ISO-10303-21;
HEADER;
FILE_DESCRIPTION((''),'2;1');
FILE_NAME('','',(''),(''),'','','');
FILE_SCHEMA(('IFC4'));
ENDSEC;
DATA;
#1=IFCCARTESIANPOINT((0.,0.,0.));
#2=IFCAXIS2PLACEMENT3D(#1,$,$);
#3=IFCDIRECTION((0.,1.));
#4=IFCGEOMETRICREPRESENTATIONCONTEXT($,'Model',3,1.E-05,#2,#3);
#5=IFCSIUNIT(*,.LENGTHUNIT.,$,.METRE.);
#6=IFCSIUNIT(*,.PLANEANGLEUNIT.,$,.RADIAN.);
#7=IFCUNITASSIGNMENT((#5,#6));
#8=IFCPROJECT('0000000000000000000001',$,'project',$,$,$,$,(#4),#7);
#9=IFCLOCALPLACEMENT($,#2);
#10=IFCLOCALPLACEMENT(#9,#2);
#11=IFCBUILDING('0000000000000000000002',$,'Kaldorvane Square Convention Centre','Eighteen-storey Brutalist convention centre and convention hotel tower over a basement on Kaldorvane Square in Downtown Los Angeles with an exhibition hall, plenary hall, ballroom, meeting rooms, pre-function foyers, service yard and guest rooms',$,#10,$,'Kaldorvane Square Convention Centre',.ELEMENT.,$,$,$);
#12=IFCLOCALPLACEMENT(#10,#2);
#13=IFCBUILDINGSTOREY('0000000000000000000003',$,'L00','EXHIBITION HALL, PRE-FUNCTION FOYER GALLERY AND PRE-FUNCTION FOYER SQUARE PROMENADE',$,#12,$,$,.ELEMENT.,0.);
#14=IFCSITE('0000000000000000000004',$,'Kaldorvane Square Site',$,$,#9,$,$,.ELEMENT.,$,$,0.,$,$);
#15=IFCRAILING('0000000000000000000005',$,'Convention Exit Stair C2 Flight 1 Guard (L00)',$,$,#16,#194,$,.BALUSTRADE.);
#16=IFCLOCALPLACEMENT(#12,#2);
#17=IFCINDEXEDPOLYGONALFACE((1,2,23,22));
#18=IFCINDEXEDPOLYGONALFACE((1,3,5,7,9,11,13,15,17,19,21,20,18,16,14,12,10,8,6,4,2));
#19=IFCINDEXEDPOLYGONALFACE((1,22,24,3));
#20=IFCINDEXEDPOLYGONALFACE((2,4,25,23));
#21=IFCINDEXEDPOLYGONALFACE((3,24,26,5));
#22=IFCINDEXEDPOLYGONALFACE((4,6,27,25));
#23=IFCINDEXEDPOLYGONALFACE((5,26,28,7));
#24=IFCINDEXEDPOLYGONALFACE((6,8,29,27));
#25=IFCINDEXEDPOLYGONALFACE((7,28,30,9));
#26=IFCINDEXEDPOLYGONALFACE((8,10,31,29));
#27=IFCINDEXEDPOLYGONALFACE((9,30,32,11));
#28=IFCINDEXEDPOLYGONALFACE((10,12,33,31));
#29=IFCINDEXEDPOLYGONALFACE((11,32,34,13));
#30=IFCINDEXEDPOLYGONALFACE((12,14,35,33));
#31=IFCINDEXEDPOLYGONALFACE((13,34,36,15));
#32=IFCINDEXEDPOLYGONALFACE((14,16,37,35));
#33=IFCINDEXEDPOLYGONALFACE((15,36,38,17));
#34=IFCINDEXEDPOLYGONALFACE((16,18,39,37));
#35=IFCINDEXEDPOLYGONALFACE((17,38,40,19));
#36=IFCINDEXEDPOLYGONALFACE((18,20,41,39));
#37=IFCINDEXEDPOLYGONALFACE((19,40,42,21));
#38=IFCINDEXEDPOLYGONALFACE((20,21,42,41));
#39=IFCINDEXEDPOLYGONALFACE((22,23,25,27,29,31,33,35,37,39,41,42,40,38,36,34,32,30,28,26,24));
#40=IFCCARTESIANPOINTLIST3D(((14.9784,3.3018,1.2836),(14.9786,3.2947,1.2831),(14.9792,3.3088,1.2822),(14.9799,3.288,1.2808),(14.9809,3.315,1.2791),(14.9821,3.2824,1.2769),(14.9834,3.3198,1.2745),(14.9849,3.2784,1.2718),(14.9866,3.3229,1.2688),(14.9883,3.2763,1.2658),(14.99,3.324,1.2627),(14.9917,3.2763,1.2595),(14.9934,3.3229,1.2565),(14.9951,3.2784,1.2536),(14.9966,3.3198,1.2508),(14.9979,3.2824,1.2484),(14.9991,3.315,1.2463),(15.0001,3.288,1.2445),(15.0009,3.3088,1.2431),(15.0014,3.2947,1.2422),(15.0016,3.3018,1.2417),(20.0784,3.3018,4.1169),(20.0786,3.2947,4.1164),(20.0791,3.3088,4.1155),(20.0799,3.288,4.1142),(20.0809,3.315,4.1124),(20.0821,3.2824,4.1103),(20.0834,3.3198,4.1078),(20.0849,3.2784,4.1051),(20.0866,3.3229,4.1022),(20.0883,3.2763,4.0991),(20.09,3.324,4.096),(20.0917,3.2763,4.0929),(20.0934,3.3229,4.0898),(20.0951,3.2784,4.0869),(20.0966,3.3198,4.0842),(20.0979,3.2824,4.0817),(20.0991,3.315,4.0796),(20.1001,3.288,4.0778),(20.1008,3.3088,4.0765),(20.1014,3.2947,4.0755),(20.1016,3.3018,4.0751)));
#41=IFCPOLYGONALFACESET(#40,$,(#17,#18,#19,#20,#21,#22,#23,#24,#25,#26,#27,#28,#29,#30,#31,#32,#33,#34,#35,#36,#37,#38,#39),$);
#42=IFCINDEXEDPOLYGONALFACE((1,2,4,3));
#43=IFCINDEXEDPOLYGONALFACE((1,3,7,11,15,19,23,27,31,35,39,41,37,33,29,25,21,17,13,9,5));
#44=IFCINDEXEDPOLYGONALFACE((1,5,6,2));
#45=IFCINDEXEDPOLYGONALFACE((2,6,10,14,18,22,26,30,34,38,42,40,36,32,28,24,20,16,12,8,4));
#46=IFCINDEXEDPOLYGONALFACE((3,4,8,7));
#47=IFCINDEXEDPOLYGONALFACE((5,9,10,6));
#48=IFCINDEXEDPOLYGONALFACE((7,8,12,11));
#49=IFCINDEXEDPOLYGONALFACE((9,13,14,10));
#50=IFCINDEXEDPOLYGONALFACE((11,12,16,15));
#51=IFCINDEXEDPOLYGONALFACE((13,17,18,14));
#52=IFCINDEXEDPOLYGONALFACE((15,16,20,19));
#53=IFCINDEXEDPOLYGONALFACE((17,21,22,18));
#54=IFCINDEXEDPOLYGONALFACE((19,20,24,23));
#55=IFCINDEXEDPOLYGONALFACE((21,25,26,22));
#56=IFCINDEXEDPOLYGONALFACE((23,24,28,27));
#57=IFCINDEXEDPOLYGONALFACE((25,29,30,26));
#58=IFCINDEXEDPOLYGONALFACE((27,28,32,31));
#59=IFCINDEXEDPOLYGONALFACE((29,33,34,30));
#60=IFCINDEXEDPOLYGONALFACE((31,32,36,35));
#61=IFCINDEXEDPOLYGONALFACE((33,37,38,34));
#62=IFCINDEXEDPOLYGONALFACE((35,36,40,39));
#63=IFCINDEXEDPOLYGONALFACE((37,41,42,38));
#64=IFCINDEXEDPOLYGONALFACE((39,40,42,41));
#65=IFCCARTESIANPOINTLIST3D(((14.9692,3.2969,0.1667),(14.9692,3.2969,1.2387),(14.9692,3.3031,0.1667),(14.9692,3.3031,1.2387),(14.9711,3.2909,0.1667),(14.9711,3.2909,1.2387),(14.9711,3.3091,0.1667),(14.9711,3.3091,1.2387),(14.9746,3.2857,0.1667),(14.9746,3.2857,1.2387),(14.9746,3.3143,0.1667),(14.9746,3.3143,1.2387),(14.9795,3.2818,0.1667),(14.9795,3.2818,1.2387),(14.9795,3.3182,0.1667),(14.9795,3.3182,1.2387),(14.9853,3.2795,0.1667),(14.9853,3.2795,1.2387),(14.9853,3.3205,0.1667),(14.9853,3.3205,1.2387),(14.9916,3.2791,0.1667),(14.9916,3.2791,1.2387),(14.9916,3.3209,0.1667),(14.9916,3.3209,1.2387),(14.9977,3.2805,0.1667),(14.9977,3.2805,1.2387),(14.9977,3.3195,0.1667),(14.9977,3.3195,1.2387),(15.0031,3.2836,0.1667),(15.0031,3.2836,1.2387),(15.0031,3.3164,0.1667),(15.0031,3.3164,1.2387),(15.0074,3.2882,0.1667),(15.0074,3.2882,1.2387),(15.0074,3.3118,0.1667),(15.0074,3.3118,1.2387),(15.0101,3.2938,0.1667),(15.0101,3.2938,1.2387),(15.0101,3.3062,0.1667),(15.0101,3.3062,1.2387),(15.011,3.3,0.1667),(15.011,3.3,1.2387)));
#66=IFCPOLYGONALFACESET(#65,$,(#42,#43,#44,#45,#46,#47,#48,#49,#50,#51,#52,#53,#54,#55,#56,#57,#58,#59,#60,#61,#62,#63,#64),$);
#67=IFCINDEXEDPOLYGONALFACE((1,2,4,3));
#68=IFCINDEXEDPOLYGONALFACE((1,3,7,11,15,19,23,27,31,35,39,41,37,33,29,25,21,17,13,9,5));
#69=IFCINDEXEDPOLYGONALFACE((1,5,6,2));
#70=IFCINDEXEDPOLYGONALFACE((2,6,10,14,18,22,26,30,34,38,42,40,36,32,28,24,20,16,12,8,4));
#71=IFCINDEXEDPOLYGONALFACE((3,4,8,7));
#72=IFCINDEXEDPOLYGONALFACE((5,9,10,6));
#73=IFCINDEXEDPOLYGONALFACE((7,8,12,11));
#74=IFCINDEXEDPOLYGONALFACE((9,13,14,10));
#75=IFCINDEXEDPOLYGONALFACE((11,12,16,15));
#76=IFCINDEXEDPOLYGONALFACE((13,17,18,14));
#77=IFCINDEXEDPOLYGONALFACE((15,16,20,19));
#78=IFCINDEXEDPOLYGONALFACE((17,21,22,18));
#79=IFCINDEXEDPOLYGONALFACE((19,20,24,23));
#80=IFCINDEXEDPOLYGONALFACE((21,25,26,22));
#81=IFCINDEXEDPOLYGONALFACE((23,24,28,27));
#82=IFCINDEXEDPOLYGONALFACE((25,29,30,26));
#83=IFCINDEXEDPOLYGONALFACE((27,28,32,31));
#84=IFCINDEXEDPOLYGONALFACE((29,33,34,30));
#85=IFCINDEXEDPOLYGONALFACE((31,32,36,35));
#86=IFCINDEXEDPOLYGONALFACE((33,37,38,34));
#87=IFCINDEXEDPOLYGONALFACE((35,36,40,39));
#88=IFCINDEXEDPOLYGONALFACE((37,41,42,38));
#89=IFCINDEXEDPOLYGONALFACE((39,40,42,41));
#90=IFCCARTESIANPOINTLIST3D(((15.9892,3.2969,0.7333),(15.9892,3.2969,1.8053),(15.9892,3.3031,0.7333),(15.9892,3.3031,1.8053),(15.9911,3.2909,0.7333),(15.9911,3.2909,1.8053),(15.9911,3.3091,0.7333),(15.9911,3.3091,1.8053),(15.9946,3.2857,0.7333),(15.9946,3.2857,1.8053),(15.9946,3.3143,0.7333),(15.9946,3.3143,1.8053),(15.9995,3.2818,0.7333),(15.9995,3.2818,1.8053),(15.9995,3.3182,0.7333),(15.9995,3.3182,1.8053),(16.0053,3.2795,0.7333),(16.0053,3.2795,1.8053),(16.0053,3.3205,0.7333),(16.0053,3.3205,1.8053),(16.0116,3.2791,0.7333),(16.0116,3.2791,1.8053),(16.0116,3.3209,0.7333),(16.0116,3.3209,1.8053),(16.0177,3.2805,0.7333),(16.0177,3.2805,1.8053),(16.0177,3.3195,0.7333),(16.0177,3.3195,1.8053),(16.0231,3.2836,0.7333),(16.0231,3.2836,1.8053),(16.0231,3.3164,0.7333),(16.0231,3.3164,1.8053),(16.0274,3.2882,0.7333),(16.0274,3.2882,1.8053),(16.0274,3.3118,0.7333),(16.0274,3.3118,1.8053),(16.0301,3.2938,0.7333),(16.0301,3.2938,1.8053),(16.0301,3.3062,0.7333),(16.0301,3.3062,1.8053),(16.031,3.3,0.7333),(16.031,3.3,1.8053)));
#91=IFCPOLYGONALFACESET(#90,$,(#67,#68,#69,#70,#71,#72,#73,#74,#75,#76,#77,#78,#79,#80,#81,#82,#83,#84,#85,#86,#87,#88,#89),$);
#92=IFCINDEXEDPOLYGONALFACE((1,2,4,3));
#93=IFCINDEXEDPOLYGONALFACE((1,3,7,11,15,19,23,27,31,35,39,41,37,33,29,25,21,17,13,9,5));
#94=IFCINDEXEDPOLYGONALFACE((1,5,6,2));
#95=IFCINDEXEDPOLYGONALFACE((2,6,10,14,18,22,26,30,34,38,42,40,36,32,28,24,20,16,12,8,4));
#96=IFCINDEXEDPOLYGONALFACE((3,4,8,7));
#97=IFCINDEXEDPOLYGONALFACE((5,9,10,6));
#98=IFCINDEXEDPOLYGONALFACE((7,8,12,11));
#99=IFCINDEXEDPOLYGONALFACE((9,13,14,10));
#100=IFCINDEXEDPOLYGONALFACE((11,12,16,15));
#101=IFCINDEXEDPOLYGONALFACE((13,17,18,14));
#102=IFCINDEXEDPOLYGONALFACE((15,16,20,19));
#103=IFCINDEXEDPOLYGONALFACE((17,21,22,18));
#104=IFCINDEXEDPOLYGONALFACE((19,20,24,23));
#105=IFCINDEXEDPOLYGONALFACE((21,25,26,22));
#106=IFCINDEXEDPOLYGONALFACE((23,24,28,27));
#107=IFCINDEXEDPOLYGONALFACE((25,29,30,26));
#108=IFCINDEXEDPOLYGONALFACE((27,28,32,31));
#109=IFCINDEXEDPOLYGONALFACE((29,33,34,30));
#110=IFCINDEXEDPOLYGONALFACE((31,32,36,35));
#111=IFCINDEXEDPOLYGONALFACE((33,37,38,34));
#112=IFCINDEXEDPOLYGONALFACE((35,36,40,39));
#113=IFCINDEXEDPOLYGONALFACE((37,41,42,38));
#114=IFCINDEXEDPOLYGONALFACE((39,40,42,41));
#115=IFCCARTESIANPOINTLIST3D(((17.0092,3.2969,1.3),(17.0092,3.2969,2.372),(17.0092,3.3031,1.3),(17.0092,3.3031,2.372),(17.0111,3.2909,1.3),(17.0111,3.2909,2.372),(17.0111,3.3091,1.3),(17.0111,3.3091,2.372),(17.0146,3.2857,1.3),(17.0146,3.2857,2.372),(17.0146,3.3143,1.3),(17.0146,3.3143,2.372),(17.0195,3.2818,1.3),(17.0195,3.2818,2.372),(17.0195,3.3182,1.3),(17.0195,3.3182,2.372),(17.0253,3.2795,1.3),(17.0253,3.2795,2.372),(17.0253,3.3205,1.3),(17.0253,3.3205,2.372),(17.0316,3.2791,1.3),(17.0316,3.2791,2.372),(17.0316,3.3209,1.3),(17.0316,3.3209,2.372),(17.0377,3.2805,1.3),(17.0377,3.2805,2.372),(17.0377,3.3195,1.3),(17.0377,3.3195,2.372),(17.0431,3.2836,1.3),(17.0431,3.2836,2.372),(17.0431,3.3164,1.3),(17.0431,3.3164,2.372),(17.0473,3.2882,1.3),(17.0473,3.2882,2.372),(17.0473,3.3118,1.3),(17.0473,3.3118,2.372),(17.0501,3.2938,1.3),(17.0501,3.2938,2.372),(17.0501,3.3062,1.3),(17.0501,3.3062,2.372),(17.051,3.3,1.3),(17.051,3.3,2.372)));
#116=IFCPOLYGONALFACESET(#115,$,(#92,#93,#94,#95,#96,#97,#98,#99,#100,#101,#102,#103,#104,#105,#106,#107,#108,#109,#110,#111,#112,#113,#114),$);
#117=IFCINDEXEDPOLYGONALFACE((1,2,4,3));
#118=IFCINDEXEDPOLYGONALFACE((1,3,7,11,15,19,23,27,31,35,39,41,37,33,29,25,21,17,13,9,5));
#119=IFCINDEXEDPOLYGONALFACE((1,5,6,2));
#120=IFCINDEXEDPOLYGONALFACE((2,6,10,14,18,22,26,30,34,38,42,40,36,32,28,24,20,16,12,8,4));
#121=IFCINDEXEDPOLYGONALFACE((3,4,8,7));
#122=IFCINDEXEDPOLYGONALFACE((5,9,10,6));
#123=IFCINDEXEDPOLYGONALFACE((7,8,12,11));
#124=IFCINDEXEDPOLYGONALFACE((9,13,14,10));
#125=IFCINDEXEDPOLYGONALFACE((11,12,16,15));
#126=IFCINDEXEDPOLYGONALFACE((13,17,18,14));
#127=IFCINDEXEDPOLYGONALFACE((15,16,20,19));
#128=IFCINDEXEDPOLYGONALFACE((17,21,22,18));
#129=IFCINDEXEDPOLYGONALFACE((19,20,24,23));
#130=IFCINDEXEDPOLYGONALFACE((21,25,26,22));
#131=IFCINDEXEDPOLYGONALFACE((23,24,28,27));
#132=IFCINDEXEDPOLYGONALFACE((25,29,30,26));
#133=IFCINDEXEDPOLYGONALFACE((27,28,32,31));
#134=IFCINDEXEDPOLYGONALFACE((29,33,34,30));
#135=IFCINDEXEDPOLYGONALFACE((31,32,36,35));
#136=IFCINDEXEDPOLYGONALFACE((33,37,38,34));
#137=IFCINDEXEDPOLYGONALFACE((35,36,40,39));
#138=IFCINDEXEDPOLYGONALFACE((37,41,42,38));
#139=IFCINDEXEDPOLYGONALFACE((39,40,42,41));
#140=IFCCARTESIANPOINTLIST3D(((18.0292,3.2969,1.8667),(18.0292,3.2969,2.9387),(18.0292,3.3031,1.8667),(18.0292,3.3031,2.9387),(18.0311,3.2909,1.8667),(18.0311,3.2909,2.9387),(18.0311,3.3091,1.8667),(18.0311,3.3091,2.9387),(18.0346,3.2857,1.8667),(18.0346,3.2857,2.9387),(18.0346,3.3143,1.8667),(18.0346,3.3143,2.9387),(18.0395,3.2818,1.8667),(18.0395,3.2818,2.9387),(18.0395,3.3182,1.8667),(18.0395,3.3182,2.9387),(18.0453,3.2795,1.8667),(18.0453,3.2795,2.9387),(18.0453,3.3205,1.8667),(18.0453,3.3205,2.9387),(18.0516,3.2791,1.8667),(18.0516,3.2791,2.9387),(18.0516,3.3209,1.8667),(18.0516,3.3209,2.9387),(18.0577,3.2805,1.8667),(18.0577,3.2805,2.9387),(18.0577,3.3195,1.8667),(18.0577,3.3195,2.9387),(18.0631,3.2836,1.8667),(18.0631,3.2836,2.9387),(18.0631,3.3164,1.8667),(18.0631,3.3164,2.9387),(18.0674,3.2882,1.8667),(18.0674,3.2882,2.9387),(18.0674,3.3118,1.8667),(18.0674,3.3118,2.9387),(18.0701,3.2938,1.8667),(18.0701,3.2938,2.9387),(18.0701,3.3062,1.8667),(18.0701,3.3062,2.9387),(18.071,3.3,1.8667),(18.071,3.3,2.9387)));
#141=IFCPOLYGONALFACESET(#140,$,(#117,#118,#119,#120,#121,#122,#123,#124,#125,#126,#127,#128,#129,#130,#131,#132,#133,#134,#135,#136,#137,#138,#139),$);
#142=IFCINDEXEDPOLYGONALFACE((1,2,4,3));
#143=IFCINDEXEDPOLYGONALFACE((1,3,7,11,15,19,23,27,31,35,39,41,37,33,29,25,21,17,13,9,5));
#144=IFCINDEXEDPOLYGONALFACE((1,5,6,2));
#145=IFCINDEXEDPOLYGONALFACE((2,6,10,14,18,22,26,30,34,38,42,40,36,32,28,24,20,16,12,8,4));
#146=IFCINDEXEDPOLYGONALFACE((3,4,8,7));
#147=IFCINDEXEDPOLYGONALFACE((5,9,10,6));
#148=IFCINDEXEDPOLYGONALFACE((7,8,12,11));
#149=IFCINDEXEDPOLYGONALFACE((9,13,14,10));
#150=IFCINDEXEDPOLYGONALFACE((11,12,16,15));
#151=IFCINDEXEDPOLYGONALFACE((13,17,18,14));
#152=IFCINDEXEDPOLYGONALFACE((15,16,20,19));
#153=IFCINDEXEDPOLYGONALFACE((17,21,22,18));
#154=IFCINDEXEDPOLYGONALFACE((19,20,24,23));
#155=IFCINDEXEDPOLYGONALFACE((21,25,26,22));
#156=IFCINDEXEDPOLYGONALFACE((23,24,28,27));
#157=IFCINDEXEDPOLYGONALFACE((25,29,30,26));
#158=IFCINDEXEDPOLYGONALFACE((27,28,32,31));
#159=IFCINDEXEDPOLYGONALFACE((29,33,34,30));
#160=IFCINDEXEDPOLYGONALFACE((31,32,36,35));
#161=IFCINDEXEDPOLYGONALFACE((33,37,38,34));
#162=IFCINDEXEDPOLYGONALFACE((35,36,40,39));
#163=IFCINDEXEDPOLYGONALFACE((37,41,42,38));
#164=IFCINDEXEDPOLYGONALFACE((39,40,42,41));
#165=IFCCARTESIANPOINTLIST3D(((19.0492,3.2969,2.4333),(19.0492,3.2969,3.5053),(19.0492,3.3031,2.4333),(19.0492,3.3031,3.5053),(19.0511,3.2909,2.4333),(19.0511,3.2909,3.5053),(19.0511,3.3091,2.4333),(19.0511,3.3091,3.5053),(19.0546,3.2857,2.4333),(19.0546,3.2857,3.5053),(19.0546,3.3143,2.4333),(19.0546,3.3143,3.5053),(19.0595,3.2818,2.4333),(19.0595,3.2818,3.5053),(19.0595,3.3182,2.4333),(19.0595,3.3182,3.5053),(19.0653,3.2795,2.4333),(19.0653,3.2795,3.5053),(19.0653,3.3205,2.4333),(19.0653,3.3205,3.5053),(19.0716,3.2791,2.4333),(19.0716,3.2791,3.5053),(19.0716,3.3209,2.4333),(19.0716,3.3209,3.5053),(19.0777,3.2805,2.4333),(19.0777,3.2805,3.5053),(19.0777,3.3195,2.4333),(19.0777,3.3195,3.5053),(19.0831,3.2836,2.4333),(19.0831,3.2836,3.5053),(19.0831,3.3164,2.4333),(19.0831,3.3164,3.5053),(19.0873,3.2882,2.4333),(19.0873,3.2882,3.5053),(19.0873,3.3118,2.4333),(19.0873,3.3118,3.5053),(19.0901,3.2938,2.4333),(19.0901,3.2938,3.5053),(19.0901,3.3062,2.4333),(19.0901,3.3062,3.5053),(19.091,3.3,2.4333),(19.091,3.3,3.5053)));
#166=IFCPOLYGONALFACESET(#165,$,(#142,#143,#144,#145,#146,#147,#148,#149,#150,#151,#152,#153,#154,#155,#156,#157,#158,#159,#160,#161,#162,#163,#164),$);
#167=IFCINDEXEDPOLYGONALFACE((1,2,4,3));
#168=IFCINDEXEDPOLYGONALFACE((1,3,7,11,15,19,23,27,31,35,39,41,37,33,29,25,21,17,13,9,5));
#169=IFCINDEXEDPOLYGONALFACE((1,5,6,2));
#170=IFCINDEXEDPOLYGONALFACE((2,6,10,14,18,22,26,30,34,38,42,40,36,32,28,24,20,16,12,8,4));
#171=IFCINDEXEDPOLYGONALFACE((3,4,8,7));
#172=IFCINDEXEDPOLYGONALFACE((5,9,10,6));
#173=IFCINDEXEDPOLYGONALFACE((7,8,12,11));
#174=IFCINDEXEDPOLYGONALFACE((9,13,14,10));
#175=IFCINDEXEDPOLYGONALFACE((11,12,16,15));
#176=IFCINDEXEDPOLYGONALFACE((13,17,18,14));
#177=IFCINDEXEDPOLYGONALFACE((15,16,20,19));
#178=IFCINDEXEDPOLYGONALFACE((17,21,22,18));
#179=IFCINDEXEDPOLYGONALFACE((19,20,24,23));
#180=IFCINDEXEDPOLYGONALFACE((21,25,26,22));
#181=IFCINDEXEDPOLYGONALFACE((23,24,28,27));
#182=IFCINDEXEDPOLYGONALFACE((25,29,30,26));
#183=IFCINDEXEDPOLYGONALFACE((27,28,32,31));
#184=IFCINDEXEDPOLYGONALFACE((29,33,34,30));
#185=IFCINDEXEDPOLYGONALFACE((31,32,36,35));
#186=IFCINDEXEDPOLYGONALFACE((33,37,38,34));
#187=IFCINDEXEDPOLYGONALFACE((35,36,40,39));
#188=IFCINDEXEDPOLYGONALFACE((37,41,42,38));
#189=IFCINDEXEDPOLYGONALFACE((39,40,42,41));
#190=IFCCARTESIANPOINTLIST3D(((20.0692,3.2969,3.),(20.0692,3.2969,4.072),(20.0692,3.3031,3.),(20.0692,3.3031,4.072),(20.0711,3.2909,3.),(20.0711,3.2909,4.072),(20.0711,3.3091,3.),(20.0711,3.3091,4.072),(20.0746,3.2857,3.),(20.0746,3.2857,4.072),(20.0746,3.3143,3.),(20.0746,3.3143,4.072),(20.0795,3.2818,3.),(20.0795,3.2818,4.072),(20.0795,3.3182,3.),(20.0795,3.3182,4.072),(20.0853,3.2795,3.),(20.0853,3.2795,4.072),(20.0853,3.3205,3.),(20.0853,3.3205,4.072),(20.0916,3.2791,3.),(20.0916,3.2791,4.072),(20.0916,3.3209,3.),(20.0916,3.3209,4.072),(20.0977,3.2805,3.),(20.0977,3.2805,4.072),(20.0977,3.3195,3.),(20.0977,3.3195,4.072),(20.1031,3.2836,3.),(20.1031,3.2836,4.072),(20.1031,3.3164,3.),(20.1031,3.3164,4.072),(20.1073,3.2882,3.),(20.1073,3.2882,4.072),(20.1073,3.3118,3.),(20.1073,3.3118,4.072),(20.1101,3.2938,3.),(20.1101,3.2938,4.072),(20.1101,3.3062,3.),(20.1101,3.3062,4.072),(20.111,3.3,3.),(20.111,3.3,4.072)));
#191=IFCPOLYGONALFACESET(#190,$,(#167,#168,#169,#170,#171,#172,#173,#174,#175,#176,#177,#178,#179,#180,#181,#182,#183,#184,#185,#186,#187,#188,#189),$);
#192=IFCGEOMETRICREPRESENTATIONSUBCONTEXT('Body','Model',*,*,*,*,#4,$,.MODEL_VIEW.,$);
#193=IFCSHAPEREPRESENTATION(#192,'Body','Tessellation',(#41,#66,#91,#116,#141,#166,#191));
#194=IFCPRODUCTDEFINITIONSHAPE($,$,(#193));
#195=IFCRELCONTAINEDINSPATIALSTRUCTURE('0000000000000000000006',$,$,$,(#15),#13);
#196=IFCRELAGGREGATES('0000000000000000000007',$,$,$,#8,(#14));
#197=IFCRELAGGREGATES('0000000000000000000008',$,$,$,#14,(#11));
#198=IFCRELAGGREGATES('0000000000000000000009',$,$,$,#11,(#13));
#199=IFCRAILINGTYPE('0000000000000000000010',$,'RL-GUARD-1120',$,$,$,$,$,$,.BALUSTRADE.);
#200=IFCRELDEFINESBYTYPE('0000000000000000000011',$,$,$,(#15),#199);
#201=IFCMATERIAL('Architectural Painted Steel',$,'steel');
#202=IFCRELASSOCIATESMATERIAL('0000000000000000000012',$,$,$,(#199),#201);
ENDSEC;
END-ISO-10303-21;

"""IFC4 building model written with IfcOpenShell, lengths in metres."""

from ifc_helpers import new_model, si_unit, direction, frame, origin, origin_2d, place, context, subcontext, project, spatial, circle, extrude, material, type_object, element, save


model = new_model("IFC4")

# Units and contexts
model_context = context("Model", 3, precision=1e-05, world=origin(), true_north=direction((0.0, 1.0)))
body_context = subcontext(model_context, "Body", "Model", "MODEL_VIEW")
ifc_project = project(units=[si_unit("LENGTHUNIT", "METRE"), si_unit("PLANEANGLEUNIT", "RADIAN")], contexts=[model_context])

# Site, building, storey
site_placement = place(None, origin())
site = spatial("IfcSite", under=ifc_project, at=site_placement, Name="Kaldorvane Square Site", CompositionType="ELEMENT", RefElevation=0.0)
building_placement = place(site_placement, origin())
building = spatial("IfcBuilding", under=site, at=building_placement, Name="Kaldorvane Square Convention Centre", Description="Eighteen-storey Brutalist convention centre and convention hotel tower over a basement on Kaldorvane Square in Downtown Los Angeles with an exhibition hall, plenary hall, ballroom, meeting rooms, pre-function foyers, service yard and guest rooms", LongName="Kaldorvane Square Convention Centre", CompositionType="ELEMENT")
storey_placement = place(building_placement, origin())
storey = spatial("IfcBuildingStorey", under=building, at=storey_placement, Name="L00", Description="EXHIBITION HALL, PRE-FUNCTION FOYER GALLERY AND PRE-FUNCTION FOYER SQUARE PROMENADE", CompositionType="ELEMENT", Elevation=0.0)

# Railing
ifc_material_1 = material(Name="Architectural Painted Steel", Category="steel")
railing_type_1 = type_object("IfcRailingType", Name="RL-GUARD-1120", PredefinedType="BALUSTRADE", material=ifc_material_1)
railing_1_placement = place(storey_placement, frame((14.99, 3.3, 0.1667)))
element("IfcRailing", 1, at=railing_1_placement, inside=storey, type_object=railing_type_1, Name="Convention Exit Stair C2 Flight 1 Guard (L00)", PredefinedType="BALUSTRADE", context=body_context, shape_type="SweptSolid", body=[
    extrude(circle(Radius=0.024, at=origin_2d()), frame((0.0, 0.0, 1.096), z_axis=(0.874157, 0.0, 0.485643), x_axis=(0.0, 1.0, 0.0)), (0.0, 0.0, 1.0), 5.8342),
    extrude(circle(Radius=0.021, at=origin_2d()), origin(), (0.0, 0.0, 1.0), 1.072),
    extrude(circle(Radius=0.021, at=origin_2d()), frame((1.02, 0.0, 0.5667)), (0.0, 0.0, 1.0), 1.072),
    extrude(circle(Radius=0.021, at=origin_2d()), frame((2.04, 0.0, 1.1333)), (0.0, 0.0, 1.0), 1.072),
    extrude(circle(Radius=0.021, at=origin_2d()), frame((3.06, 0.0, 1.7)), (0.0, 0.0, 1.0), 1.072),
    extrude(circle(Radius=0.021, at=origin_2d()), frame((4.08, 0.0, 2.2667)), (0.0, 0.0, 1.0), 1.072),
    extrude(circle(Radius=0.021, at=origin_2d()), frame((5.1, 0.0, 2.8333)), (0.0, 0.0, 1.0), 1.072),
])

save(model, "model.ifc")
